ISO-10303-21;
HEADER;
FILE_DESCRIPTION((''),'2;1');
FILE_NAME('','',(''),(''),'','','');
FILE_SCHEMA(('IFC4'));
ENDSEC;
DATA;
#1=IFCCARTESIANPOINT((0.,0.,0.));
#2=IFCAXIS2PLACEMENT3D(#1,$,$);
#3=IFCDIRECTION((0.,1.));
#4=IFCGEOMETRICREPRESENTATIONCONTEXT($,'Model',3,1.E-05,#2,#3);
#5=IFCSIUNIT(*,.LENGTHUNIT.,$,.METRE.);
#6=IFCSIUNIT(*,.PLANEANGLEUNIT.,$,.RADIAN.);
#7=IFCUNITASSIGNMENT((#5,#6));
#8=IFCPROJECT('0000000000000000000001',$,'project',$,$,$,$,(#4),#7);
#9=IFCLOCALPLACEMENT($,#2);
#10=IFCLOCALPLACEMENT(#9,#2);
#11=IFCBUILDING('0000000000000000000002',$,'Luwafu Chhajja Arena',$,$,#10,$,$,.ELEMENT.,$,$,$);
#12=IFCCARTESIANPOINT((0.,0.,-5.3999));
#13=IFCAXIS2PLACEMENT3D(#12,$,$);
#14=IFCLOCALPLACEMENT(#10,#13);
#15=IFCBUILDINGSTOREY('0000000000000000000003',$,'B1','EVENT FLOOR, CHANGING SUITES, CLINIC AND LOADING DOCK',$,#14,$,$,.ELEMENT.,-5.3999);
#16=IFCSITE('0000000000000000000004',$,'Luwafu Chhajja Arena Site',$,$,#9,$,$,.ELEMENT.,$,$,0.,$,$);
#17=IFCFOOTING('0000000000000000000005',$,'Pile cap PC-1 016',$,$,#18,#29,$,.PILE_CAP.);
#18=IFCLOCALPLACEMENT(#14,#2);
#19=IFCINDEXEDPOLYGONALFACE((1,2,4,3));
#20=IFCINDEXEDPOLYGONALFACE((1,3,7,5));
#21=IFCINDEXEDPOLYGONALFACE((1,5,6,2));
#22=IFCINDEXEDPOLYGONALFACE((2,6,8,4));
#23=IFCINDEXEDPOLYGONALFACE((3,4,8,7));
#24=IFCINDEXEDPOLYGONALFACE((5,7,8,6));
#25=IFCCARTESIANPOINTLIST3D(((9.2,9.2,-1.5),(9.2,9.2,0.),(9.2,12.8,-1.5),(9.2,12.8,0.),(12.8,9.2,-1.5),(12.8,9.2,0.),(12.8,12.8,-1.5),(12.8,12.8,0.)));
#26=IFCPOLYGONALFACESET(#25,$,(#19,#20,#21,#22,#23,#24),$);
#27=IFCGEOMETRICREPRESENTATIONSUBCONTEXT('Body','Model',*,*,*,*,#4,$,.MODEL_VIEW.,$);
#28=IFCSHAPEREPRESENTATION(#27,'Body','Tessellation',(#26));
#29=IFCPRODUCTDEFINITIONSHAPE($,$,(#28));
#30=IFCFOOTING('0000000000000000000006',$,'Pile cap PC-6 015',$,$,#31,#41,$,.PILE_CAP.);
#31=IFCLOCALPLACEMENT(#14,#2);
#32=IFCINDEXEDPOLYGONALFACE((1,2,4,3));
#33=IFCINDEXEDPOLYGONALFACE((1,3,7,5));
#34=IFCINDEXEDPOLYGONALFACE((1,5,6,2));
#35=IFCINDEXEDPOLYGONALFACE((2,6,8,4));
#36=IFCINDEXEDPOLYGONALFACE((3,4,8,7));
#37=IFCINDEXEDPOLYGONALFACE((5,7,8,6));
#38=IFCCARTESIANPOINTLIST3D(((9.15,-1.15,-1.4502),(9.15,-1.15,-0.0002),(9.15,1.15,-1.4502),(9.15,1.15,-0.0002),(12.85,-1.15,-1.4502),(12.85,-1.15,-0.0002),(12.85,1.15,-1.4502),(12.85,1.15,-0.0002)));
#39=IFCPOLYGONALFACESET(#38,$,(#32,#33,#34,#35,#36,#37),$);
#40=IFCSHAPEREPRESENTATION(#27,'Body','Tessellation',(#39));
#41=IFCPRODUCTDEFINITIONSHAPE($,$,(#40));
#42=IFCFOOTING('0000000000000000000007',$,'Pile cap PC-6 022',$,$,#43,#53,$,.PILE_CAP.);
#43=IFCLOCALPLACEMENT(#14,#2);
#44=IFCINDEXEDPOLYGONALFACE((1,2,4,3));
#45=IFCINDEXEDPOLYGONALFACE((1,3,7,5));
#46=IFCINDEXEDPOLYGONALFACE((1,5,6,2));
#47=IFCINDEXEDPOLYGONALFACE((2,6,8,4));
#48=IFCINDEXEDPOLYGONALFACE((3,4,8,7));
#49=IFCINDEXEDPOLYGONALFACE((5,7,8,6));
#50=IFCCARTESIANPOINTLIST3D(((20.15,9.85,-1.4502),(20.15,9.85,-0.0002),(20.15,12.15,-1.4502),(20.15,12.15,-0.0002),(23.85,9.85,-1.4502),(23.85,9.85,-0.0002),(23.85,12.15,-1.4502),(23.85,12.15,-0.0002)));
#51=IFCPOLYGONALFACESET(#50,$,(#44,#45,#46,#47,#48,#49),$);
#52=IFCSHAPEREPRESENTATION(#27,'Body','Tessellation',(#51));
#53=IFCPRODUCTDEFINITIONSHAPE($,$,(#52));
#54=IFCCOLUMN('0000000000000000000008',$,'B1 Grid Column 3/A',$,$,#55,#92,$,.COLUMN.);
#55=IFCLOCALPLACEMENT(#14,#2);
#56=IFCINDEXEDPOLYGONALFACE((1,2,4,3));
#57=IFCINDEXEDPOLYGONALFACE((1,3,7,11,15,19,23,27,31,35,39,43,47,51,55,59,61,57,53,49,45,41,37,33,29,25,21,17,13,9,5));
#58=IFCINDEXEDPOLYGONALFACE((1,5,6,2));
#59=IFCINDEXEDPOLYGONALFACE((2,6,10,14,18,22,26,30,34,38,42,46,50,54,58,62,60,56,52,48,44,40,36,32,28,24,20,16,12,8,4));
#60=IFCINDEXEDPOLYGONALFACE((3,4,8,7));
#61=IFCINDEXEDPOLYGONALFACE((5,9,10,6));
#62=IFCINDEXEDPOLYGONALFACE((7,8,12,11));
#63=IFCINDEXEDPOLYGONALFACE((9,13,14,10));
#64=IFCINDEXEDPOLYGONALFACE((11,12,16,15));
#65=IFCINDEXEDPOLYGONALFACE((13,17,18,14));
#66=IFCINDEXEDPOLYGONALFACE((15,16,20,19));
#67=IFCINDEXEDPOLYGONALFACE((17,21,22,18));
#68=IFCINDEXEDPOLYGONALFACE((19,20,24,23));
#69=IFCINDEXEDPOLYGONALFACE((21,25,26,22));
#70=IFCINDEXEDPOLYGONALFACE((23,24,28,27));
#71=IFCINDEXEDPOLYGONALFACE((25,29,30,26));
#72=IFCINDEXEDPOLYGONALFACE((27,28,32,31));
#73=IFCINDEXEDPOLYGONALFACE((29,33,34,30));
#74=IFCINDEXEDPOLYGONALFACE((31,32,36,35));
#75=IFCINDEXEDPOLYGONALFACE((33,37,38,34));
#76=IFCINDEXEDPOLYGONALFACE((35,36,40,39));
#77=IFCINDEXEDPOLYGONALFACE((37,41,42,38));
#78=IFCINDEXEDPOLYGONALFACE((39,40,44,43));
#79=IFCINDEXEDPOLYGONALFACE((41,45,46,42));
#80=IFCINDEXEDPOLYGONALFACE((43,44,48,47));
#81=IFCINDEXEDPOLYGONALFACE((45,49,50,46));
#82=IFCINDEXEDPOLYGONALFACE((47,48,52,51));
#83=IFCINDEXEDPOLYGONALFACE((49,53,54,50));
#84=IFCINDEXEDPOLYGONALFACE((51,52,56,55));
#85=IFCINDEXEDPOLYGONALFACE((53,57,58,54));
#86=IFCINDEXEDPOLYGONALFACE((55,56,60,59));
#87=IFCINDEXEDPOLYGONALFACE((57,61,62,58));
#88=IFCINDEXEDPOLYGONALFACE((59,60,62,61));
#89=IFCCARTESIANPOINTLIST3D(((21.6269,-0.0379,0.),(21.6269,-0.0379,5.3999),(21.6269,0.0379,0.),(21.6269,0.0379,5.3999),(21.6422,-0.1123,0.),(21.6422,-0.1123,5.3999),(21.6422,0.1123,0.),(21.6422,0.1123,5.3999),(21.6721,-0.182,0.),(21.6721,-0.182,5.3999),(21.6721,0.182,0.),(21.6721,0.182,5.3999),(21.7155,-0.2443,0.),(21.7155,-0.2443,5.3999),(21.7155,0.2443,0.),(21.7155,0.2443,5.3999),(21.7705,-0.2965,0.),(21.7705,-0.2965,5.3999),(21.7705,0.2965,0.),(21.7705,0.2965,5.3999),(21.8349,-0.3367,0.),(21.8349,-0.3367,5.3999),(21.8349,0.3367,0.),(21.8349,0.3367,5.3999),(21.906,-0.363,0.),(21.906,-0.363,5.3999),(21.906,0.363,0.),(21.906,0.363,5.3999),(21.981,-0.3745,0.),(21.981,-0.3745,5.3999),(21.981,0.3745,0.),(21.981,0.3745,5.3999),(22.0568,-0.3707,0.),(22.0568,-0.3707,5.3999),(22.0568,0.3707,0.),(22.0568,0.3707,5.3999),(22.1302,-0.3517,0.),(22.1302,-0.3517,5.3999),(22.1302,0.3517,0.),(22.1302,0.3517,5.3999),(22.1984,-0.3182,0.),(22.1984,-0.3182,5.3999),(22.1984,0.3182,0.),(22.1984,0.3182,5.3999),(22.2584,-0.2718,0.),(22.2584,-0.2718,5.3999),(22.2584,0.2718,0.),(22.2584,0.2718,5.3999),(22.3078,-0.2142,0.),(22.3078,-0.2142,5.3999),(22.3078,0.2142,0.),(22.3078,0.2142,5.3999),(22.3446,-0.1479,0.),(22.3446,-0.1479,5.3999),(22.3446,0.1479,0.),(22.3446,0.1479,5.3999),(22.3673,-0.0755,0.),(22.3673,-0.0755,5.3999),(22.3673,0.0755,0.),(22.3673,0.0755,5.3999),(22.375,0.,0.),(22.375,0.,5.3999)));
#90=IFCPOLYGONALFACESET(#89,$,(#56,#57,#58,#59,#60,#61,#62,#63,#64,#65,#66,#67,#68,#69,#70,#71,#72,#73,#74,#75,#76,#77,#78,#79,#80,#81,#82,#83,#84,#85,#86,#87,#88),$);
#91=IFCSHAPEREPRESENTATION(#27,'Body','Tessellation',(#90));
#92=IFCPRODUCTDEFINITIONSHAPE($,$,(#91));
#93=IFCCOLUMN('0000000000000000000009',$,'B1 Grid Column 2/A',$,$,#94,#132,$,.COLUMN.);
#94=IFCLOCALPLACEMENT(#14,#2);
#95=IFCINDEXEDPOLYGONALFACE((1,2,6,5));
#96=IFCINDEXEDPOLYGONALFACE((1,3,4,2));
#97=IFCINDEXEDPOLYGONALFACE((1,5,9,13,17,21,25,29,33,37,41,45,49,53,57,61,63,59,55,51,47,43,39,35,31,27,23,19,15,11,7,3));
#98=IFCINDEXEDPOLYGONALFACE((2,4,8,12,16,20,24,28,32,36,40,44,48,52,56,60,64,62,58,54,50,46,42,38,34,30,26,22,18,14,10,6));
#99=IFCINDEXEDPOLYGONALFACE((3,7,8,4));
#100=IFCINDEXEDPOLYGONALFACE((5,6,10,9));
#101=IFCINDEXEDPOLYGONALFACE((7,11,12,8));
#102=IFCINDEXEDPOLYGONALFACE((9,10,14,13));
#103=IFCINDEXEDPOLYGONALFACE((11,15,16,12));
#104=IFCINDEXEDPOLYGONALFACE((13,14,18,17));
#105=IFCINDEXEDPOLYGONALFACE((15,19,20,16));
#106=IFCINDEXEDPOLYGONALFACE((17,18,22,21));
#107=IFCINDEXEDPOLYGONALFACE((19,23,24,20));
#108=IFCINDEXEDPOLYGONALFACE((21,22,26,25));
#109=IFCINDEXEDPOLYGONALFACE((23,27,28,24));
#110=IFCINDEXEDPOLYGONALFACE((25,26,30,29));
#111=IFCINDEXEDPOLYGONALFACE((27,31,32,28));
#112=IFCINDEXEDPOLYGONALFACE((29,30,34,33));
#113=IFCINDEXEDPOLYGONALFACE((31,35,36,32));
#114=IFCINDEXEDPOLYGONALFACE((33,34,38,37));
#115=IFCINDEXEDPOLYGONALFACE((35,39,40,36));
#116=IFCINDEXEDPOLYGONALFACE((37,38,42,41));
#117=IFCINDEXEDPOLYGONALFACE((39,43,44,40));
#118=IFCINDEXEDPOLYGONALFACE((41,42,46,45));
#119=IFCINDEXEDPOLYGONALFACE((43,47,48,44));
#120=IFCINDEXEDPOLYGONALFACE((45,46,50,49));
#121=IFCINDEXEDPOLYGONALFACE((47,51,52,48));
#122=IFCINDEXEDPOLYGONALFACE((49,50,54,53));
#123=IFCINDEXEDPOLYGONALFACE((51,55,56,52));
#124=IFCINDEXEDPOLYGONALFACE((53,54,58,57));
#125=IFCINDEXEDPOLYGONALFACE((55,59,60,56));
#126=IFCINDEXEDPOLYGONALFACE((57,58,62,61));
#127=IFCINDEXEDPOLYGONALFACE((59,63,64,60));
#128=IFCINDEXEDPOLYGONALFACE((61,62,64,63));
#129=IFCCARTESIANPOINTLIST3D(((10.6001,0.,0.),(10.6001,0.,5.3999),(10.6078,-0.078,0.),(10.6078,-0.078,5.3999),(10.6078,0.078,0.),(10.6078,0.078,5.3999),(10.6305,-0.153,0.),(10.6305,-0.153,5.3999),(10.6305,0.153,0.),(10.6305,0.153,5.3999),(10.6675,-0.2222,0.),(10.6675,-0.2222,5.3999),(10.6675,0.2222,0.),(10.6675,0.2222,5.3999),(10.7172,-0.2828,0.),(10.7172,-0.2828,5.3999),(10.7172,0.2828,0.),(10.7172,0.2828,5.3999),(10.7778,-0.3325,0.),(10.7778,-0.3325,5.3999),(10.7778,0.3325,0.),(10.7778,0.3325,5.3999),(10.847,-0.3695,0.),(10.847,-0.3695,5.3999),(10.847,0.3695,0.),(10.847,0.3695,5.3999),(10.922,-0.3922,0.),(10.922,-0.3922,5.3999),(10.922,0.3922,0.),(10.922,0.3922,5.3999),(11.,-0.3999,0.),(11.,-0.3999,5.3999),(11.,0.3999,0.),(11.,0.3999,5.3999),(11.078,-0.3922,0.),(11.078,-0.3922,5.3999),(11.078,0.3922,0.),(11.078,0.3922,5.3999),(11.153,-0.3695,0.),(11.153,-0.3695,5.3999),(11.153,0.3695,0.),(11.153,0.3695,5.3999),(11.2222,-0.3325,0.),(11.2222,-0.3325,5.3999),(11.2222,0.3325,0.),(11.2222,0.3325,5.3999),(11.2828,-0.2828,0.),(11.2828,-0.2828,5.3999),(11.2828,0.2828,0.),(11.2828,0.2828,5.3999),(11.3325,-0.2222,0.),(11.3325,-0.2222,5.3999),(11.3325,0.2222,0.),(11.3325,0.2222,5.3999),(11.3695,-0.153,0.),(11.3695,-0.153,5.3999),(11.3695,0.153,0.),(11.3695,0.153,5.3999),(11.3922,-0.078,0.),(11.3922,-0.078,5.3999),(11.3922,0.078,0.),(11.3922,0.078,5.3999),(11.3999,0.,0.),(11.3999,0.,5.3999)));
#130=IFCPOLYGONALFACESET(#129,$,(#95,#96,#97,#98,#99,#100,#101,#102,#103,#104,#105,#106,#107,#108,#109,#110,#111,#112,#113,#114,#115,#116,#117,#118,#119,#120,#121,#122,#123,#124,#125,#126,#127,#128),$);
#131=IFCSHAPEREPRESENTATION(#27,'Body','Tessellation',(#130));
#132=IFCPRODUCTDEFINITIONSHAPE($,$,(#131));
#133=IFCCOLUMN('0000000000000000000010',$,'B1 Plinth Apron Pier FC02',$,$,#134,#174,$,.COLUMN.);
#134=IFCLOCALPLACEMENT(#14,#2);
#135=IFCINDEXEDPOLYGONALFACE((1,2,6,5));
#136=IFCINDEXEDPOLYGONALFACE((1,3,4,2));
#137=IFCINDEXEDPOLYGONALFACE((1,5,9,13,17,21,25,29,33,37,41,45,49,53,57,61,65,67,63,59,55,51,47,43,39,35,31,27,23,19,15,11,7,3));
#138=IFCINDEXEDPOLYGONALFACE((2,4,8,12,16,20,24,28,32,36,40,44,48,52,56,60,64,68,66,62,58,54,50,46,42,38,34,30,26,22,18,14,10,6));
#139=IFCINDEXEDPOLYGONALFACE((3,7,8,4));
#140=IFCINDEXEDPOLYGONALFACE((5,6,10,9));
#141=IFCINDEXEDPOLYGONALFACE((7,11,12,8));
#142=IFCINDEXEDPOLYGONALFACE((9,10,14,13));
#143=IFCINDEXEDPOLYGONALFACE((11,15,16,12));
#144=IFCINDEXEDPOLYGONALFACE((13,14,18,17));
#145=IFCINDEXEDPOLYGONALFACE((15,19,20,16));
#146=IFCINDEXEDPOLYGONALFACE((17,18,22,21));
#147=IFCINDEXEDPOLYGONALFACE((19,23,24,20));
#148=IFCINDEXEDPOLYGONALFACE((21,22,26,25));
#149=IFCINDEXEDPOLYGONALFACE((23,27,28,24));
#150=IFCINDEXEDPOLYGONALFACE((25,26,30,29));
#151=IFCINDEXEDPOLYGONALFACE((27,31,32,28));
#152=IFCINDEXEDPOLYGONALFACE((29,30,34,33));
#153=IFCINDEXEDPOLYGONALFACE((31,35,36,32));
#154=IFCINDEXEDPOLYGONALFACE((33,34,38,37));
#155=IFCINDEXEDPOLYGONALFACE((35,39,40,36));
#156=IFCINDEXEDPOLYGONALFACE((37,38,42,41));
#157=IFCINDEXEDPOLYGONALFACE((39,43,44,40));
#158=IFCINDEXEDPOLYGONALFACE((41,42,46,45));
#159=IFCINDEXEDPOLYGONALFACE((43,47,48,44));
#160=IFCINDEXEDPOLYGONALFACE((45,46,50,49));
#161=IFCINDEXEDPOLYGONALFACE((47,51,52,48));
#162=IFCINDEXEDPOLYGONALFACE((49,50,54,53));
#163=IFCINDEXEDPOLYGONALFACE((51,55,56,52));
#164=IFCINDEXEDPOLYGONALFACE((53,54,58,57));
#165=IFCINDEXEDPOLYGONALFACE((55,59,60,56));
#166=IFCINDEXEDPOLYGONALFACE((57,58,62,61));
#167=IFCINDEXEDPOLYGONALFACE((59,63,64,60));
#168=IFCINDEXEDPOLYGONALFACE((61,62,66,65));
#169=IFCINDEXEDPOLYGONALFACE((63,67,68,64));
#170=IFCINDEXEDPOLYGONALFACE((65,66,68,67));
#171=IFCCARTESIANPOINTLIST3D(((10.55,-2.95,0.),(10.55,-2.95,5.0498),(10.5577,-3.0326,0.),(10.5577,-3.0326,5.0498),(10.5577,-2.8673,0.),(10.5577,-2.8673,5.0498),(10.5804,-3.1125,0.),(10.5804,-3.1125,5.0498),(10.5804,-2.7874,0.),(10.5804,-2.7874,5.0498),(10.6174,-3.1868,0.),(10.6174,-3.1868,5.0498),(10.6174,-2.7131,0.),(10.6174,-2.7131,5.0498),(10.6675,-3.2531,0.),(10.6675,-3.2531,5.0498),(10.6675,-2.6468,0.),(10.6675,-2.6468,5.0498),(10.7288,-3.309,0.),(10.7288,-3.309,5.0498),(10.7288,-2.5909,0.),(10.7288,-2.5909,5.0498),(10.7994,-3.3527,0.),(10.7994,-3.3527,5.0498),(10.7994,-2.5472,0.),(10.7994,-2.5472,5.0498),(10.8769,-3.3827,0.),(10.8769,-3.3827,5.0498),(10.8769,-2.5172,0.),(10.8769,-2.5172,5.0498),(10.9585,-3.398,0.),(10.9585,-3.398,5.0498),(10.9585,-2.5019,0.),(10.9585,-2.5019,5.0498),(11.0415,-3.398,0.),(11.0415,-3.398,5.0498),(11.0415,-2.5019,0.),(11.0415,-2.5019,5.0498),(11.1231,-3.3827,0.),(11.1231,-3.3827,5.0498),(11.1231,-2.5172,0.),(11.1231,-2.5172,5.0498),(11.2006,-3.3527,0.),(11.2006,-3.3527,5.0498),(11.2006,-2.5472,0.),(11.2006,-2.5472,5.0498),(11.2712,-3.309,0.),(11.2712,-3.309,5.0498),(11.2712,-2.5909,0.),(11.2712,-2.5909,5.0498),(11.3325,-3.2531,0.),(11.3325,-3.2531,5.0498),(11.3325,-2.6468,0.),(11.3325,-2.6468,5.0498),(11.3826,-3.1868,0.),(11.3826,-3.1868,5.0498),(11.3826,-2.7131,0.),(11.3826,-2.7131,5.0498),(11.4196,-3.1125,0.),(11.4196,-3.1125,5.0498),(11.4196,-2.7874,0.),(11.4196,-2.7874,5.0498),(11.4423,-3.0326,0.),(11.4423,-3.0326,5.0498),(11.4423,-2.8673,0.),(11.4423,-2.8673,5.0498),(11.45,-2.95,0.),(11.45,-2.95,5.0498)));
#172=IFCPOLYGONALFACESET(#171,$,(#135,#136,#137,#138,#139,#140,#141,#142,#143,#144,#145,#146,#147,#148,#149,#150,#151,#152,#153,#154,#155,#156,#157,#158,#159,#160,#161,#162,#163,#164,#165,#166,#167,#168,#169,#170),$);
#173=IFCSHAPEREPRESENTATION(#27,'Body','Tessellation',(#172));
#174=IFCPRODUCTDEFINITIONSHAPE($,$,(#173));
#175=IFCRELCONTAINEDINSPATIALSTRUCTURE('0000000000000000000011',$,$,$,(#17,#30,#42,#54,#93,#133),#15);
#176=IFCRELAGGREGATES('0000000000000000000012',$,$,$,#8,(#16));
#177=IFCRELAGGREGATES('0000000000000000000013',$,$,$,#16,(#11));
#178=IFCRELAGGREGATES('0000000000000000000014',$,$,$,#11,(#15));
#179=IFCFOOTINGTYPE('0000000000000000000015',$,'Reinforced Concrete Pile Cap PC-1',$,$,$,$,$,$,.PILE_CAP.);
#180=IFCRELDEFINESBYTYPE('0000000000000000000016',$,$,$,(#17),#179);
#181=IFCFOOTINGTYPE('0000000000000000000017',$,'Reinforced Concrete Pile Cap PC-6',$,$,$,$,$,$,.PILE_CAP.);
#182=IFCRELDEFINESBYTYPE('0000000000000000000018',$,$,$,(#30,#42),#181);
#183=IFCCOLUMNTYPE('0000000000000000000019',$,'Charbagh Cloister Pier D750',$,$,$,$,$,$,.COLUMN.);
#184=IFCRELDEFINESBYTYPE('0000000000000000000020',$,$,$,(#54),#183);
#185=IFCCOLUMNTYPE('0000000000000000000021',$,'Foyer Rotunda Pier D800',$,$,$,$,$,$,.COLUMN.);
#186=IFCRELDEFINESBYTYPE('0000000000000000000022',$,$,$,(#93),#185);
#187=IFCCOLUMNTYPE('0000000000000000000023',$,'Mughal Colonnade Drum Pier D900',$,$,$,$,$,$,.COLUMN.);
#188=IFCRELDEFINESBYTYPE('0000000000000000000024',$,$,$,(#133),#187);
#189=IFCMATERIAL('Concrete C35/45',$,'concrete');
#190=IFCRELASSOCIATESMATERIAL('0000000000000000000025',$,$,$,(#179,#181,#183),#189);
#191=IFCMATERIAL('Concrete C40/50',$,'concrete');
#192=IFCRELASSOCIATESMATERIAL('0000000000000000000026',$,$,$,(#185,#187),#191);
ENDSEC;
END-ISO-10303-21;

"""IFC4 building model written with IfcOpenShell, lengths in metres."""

from ifc_helpers import new_model, si_unit, direction, frame, origin, origin_2d, place, context, subcontext, project, spatial, rectangle, circle, extrude, material, material_profile, profile_set, type_object, element, save


model = new_model("IFC4")

# Units and contexts
model_context = context("Model", 3, precision=1e-05, world=origin(), true_north=direction((0.0, 1.0)))
body_context = subcontext(model_context, "Body", "Model", "MODEL_VIEW")
ifc_project = project(units=[si_unit("LENGTHUNIT", "METRE"), si_unit("PLANEANGLEUNIT", "RADIAN")], contexts=[model_context])

# Site, building, storey
site_placement = place(None, origin())
site = spatial("IfcSite", under=ifc_project, at=site_placement, Name="Luwafu Chhajja Arena Site", CompositionType="ELEMENT", RefElevation=0.0)
building_placement = place(site_placement, origin())
building = spatial("IfcBuilding", under=site, at=building_placement, Name="Luwafu Chhajja Arena", CompositionType="ELEMENT")
storey_placement = place(building_placement, frame((0.0, 0.0, -5.3999)))
storey = spatial("IfcBuildingStorey", under=building, at=storey_placement, Name="B1", Description="EVENT FLOOR, CHANGING SUITES, CLINIC AND LOADING DOCK", CompositionType="ELEMENT", Elevation=-5.3999)

# Shared definitions
ifc_material_1 = material(Name="Concrete C35/45", Category="concrete")

# Footings
footing_type_1 = type_object("IfcFootingType", Name="Reinforced Concrete Pile Cap PC-1", PredefinedType="PILE_CAP", material=ifc_material_1)
footing_1_placement = place(storey_placement, frame((11.0, 11.0, -1.5), z_axis=(0.0, 0.0, 1.0), x_axis=(1.0, 0.0, 0.0)))
element("IfcFooting", 1, at=footing_1_placement, inside=storey, type_object=footing_type_1, Name="Pile cap PC-1 016", PredefinedType="PILE_CAP", context=body_context, shape_type="SweptSolid", body=[
    extrude(rectangle(XDim=3.6001, YDim=3.6001, at=origin_2d()), origin(), (0.0, 0.0, 1.0), 1.5),
])
footing_type_2 = type_object("IfcFootingType", Name="Reinforced Concrete Pile Cap PC-6", PredefinedType="PILE_CAP", material=ifc_material_1)
for number, where, z_axis, x_axis, name in (
    (2, (11.0, 0.0, -1.4502), (0.0, 0.0, 1.0), (1.0, 0.0, 0.0), "Pile cap PC-6 015"),
    (3, (22.0, 11.0, -1.4502), (0.0, 0.0, 1.0), (1.0, 0.0, 0.0), "Pile cap PC-6 022"),
):
    element("IfcFooting", number, at=place(storey_placement, frame(where, z_axis=z_axis, x_axis=x_axis)), inside=storey, type_object=footing_type_2, Name=name, PredefinedType="PILE_CAP", context=body_context, shape_type="SweptSolid", body=[
        extrude(rectangle(XDim=3.7, YDim=2.3, at=origin_2d()), origin(), (0.0, 0.0, 1.0), 1.45),
    ])

# Columns
ifc_material_profile_1 = material_profile(ifc_material_1, circle(Radius=0.375, at=origin_2d()), Name="RC COL D750")
ifc_profile_set_1 = profile_set([ifc_material_profile_1], Name="Concrete C35/45")
column_type_1 = type_object("IfcColumnType", Name="Charbagh Cloister Pier D750", PredefinedType="COLUMN", material=ifc_profile_set_1)
column_1_placement = place(storey_placement, frame((22.0, 0.0, 0.0), z_axis=(0.0, 0.0, 1.0), x_axis=(1.0, 0.0, 0.0)))
element("IfcColumn", 4, at=column_1_placement, inside=storey, type_object=column_type_1, Name="B1 Grid Column 3/A", PredefinedType="COLUMN", context=body_context, shape_type="SweptSolid", body=[
    extrude(circle(Radius=0.375, at=origin_2d()), origin(), (0.0, 0.0, 1.0), 5.3999),
])
ifc_material_2 = material(Name="Concrete C40/50", Category="concrete")
ifc_material_profile_2 = material_profile(ifc_material_2, circle(Radius=0.3999, at=origin_2d()), Name="RC COL D800")
ifc_profile_set_2 = profile_set([ifc_material_profile_2], Name="Concrete C40/50")
column_type_2 = type_object("IfcColumnType", Name="Foyer Rotunda Pier D800", PredefinedType="COLUMN", material=ifc_profile_set_2)
column_2_placement = place(storey_placement, frame((11.0, 0.0, 0.0), z_axis=(0.0, 0.0, 1.0), x_axis=(1.0, 0.0, 0.0)))
element("IfcColumn", 5, at=column_2_placement, inside=storey, type_object=column_type_2, Name="B1 Grid Column 2/A", PredefinedType="COLUMN", context=body_context, shape_type="SweptSolid", body=[
    extrude(circle(Radius=0.3999, at=origin_2d()), origin(), (0.0, 0.0, 1.0), 5.3999),
])
ifc_material_profile_3 = material_profile(ifc_material_2, circle(Radius=0.45, at=origin_2d()), Name="RC COL D900")
ifc_profile_set_3 = profile_set([ifc_material_profile_3], Name="Concrete C40/50")
column_type_3 = type_object("IfcColumnType", Name="Mughal Colonnade Drum Pier D900", PredefinedType="COLUMN", material=ifc_profile_set_3)
for number, where, z_axis, x_axis, name in (
    (6, (11.0, -2.95, 0.0), (0.0, 0.0, 1.0), (1.0, 0.0, 0.0), "B1 Plinth Apron Pier FC02"),
):
    element("IfcColumn", number, at=place(storey_placement, frame(where, z_axis=z_axis, x_axis=x_axis)), inside=storey, type_object=column_type_3, Name=name, PredefinedType="COLUMN", context=body_context, shape_type="SweptSolid", body=[
        extrude(circle(Radius=0.45, at=origin_2d()), origin(), (0.0, 0.0, 1.0), 5.0498),
    ])

save(model, "model.ifc")
